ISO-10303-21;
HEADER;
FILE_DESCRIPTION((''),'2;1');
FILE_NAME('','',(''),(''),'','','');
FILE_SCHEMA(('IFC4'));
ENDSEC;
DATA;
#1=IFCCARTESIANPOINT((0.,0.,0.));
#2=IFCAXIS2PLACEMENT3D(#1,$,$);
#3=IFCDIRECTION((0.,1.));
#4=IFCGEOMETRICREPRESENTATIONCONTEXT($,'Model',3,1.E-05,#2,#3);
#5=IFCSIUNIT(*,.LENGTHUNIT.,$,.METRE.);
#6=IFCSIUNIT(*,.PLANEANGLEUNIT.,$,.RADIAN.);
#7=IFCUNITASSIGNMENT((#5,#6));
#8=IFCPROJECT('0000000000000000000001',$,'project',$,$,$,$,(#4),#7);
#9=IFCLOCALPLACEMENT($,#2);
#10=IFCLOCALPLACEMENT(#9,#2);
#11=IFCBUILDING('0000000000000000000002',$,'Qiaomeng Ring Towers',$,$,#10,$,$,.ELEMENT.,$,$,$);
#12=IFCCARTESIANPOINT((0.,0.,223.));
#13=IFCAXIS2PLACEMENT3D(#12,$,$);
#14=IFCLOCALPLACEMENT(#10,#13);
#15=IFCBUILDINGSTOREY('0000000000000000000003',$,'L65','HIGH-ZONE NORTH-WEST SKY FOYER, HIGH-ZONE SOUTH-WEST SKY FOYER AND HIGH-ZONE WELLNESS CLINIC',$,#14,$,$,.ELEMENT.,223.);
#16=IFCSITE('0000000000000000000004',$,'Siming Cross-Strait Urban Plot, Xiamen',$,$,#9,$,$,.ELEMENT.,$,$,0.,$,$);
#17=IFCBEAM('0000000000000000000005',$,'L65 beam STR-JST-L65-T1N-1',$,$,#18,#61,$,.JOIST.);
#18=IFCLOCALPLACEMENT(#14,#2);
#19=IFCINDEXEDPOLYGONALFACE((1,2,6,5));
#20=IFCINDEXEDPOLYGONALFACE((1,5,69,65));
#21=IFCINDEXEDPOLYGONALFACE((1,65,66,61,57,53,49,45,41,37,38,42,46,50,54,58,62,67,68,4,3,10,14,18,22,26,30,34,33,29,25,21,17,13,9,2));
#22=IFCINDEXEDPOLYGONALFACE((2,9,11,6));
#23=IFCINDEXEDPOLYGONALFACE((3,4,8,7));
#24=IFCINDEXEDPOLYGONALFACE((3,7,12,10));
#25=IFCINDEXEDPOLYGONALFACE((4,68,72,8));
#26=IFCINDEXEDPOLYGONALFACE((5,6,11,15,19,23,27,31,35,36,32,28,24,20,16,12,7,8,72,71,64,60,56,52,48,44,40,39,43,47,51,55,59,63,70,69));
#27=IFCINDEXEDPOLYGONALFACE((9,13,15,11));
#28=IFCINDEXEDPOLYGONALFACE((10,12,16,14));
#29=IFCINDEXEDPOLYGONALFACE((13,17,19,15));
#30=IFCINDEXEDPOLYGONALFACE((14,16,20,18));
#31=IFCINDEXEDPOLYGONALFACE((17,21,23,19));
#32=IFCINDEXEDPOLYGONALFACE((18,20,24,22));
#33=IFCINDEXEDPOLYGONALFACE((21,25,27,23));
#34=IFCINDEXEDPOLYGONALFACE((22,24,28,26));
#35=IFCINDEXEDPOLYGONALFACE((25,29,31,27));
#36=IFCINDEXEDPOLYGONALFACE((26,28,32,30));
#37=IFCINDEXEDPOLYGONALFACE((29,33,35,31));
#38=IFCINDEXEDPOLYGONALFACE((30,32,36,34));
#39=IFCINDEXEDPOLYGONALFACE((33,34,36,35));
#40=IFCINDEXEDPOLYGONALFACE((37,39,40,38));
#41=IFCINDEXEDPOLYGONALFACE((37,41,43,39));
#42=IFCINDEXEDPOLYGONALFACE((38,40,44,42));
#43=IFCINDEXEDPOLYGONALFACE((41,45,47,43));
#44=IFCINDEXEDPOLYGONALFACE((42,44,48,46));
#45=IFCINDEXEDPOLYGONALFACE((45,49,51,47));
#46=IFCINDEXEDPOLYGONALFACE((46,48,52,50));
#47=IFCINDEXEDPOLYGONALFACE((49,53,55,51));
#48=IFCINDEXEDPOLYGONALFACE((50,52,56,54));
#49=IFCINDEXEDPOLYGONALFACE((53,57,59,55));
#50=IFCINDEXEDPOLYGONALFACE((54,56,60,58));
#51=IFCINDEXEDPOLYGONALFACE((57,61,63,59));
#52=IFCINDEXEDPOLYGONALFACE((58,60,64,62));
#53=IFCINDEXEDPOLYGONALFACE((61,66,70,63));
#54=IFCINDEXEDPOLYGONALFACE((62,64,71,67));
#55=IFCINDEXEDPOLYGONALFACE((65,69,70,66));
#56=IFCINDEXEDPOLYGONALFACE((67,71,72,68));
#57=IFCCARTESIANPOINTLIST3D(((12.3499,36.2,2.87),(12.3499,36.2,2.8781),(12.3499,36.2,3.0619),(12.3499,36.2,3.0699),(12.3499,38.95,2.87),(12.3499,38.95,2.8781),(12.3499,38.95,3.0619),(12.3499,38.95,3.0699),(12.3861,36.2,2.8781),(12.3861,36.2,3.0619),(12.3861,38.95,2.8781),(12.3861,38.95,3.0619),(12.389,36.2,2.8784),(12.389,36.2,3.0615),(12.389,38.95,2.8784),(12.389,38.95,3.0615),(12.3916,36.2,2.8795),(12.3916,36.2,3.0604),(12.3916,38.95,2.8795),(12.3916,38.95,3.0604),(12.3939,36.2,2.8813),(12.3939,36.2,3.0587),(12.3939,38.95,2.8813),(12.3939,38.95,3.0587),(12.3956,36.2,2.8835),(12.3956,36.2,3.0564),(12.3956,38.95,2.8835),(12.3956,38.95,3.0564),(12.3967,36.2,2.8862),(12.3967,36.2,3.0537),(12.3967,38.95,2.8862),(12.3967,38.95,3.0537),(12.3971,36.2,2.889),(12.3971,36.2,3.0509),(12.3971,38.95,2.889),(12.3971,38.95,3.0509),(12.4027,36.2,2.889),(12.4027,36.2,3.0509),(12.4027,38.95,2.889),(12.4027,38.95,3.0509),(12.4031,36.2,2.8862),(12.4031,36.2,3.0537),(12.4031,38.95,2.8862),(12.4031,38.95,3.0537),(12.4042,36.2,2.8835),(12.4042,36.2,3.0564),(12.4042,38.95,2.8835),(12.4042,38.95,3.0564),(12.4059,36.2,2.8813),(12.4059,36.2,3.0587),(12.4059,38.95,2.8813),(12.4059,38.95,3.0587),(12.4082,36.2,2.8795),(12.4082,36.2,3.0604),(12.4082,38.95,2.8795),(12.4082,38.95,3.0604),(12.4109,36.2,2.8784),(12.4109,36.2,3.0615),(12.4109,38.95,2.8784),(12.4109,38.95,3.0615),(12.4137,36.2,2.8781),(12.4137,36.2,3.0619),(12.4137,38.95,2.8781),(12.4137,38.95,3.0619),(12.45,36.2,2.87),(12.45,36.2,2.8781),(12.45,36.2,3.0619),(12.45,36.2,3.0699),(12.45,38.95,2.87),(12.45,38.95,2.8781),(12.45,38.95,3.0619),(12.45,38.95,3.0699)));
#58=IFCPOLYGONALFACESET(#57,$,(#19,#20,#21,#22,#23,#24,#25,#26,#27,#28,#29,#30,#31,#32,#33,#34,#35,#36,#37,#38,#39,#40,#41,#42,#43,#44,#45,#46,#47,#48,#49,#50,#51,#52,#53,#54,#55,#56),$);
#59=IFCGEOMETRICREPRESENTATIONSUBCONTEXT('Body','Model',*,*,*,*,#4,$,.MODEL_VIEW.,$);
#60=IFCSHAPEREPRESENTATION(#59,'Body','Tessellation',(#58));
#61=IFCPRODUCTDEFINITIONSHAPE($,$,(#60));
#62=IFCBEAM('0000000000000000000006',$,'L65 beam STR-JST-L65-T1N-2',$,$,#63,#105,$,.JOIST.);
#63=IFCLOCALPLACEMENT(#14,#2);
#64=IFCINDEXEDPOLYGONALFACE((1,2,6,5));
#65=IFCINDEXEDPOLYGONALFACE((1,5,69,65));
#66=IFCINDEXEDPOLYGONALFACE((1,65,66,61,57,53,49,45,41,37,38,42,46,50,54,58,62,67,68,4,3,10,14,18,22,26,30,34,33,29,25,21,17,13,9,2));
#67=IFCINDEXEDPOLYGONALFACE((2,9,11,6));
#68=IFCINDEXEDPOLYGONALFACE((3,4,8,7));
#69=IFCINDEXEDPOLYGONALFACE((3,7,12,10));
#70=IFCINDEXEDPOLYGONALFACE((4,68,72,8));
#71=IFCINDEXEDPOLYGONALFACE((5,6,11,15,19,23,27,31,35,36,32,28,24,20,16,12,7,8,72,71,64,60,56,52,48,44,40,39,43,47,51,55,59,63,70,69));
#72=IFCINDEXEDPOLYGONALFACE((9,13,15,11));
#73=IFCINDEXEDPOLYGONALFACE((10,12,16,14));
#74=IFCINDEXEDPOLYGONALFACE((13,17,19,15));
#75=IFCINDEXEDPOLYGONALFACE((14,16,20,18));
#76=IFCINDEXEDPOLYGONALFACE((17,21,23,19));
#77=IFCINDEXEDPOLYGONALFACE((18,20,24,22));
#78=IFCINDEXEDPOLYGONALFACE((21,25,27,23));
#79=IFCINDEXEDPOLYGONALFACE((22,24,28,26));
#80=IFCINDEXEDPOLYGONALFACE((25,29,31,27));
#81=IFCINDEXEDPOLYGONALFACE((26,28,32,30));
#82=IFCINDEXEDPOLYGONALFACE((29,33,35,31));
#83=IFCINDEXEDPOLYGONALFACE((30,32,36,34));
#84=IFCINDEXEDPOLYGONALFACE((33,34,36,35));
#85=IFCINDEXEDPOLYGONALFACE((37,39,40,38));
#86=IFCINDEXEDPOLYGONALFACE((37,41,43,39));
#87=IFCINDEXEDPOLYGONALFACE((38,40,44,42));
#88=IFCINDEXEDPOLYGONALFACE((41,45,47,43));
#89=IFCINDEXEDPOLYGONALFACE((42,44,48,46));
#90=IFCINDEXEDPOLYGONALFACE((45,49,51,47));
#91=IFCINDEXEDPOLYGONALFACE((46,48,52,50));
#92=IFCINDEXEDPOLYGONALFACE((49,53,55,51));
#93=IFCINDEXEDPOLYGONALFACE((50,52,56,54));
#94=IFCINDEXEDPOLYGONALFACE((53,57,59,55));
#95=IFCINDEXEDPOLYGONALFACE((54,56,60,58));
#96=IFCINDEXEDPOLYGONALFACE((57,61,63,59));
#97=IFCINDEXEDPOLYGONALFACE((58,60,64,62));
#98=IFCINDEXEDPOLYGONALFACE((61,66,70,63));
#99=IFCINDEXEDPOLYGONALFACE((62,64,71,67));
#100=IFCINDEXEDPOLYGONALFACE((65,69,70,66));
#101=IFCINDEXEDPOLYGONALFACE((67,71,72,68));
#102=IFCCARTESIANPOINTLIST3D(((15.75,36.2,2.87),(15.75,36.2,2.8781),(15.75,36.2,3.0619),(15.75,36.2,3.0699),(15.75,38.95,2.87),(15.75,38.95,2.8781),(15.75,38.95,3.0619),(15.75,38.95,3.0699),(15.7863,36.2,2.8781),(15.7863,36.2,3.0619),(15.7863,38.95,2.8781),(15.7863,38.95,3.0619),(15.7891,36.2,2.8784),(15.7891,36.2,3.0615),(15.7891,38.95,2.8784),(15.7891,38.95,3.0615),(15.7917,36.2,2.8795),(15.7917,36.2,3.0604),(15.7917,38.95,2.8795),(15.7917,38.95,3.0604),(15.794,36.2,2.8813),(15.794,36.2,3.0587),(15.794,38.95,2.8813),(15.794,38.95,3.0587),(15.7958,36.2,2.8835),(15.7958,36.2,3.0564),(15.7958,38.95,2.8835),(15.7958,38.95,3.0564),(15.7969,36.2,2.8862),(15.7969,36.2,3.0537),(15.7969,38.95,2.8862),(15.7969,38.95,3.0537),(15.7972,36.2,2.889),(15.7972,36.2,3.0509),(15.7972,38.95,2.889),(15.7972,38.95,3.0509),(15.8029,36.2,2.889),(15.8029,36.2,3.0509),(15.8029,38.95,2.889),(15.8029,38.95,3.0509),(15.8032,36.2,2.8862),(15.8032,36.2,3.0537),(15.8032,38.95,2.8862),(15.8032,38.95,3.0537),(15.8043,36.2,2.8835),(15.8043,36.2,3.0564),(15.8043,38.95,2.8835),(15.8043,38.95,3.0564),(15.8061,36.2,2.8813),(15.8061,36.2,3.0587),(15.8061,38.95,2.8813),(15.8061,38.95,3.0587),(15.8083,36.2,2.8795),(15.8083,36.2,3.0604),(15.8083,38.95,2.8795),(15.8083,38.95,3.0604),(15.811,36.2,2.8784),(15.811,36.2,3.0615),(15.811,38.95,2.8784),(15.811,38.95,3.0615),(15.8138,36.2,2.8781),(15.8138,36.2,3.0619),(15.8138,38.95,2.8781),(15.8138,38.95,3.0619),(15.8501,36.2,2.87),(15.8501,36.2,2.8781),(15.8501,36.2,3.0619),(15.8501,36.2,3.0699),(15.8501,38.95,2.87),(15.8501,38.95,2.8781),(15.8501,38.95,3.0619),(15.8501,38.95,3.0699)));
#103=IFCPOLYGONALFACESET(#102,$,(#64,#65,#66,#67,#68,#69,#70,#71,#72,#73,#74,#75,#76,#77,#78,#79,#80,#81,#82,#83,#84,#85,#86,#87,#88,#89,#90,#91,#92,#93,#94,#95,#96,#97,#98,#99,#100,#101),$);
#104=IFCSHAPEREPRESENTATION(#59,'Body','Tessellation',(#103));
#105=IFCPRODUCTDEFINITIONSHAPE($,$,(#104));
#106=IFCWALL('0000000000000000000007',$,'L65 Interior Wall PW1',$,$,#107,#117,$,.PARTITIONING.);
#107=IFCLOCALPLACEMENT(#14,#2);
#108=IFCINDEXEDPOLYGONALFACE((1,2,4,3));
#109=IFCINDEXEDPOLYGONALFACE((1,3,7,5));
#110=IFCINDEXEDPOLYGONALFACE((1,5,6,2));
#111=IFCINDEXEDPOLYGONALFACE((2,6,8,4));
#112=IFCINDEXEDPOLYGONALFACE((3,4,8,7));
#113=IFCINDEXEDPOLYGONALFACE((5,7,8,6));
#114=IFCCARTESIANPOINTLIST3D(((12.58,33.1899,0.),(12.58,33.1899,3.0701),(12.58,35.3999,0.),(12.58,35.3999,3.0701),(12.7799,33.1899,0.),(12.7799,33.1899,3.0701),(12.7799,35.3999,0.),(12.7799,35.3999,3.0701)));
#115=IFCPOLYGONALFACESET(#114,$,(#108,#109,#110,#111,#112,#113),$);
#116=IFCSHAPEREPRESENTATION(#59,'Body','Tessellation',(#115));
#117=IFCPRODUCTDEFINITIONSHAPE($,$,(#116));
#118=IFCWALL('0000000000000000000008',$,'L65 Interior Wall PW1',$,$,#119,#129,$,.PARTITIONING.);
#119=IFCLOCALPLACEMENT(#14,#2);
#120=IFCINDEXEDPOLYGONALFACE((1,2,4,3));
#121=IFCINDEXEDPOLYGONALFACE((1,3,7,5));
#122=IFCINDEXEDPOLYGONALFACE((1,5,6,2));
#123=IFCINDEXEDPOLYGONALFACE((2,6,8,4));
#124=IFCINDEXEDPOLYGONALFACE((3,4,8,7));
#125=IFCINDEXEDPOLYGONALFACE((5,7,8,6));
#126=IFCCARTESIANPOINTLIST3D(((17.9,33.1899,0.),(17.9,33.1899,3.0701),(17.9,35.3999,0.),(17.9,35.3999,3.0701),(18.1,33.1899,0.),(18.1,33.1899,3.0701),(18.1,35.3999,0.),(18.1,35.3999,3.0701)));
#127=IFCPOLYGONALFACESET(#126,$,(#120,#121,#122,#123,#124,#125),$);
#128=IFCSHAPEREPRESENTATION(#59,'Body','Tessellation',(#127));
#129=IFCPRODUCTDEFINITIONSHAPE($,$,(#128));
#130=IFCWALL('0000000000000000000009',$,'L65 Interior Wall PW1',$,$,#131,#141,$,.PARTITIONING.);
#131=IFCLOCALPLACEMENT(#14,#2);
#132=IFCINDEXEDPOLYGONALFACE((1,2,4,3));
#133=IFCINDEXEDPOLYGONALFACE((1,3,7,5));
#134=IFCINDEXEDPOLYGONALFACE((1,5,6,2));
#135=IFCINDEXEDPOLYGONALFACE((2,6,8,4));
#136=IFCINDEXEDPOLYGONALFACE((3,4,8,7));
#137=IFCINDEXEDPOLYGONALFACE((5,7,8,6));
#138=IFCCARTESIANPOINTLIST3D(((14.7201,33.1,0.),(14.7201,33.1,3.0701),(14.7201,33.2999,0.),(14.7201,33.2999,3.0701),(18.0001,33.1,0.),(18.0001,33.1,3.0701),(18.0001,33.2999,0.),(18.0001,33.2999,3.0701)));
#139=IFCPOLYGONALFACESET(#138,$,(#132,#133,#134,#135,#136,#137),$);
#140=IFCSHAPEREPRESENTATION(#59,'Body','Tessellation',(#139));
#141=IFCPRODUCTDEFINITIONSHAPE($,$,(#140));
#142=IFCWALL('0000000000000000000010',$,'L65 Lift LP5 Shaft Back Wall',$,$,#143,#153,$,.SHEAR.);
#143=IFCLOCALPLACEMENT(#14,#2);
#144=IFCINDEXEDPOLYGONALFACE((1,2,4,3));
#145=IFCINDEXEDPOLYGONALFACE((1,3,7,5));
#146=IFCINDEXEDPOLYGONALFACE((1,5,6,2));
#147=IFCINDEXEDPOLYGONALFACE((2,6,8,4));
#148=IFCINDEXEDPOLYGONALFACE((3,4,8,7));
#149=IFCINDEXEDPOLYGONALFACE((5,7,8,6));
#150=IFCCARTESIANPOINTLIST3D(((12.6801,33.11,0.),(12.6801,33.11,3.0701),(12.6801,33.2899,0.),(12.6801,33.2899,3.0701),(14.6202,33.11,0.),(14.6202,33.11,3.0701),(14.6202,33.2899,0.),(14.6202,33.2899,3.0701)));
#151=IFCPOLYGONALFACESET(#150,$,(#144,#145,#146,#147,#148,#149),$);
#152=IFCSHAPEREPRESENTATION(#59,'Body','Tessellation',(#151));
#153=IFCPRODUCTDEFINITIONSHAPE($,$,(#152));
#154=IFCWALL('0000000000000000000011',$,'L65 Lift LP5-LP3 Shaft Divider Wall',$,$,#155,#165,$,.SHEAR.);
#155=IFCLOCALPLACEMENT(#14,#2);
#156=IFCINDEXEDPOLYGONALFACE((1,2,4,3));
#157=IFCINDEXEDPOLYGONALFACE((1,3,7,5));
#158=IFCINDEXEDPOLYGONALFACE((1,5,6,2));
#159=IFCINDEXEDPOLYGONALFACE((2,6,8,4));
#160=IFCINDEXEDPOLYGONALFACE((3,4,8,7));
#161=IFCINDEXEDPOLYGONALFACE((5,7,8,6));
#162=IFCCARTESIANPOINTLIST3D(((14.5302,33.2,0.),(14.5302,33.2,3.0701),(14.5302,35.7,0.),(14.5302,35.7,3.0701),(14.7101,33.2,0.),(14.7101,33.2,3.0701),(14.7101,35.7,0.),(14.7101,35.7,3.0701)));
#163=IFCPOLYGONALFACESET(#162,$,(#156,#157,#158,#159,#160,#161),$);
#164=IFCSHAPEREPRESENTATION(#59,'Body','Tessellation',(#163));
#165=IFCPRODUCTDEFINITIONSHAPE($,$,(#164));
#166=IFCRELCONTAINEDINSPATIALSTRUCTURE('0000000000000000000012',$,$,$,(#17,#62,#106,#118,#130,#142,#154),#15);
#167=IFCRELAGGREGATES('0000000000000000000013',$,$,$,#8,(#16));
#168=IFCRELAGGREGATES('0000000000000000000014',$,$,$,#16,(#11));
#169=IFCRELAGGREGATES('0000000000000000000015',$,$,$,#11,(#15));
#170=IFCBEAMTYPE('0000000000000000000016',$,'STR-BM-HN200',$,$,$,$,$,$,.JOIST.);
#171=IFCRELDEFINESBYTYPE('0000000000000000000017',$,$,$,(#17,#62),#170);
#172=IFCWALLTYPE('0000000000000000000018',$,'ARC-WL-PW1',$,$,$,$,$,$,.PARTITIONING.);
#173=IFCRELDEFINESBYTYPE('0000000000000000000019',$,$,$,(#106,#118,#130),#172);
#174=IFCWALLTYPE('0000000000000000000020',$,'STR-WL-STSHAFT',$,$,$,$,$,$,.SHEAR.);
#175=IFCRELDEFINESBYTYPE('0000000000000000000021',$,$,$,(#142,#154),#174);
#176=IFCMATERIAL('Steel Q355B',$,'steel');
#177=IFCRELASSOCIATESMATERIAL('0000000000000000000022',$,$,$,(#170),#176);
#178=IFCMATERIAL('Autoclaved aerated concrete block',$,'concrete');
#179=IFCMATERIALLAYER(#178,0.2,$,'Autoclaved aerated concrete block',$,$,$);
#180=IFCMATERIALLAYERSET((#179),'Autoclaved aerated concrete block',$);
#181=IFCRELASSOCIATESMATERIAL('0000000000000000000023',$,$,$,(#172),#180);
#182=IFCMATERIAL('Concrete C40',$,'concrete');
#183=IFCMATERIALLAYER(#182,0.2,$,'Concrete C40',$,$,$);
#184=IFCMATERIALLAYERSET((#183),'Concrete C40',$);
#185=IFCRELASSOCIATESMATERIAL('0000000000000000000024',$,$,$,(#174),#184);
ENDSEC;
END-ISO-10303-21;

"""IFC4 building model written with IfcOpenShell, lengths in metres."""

from ifc_helpers import new_model, si_unit, direction, frame, frame_2d, origin, origin_2d, place, context, subcontext, project, spatial, rectangle, i_section, extrude, source, transform, mapped, material, layer, layer_set, material_profile, profile_set, type_object, element, save


model = new_model("IFC4")

# Units and contexts
model_context = context("Model", 3, precision=1e-05, world=origin(), true_north=direction((0.0, 1.0)))
body_context = subcontext(model_context, "Body", "Model", "MODEL_VIEW")
ifc_project = project(units=[si_unit("LENGTHUNIT", "METRE"), si_unit("PLANEANGLEUNIT", "RADIAN")], contexts=[model_context])

# Site, building, storey
site_placement = place(None, origin())
site = spatial("IfcSite", under=ifc_project, at=site_placement, Name="Siming Cross-Strait Urban Plot, Xiamen", CompositionType="ELEMENT", RefElevation=0.0)
building_placement = place(site_placement, origin())
building = spatial("IfcBuilding", under=site, at=building_placement, Name="Qiaomeng Ring Towers", CompositionType="ELEMENT")
storey_placement = place(building_placement, frame((0.0, 0.0, 223.0)))
storey = spatial("IfcBuildingStorey", under=building, at=storey_placement, Name="L65", Description="HIGH-ZONE NORTH-WEST SKY FOYER, HIGH-ZONE SOUTH-WEST SKY FOYER AND HIGH-ZONE WELLNESS CLINIC", CompositionType="ELEMENT", Elevation=223.0)

# Beams
ifc_material_1 = material(Name="Steel Q355B", Category="steel")
ifc_material_profile_1 = material_profile(ifc_material_1, i_section(OverallWidth=0.1001, OverallDepth=0.2, WebThickness=0.0056, FlangeThickness=0.0081, FilletRadius=0.011, at=origin_2d()), Name="HN 200x100x5.5x8")
ifc_profile_set_1 = profile_set([ifc_material_profile_1], Name="Steel Q355B")
beam_type = type_object("IfcBeamType", Name="STR-BM-HN200", PredefinedType="JOIST", material=ifc_profile_set_1)
shared_shape_1 = source(origin(), body_context, "Body", "SweptSolid", [
    extrude(i_section(OverallWidth=0.1001, OverallDepth=0.2, WebThickness=0.0056, FlangeThickness=0.0081, FilletRadius=0.011, at=origin_2d()), origin(), (0.0, 0.0, 1.0), 2.75),
])
for number, where, z_axis, x_axis, name in (
    (1, (12.3999, 36.2, 2.97), (0.0, 1.0, 0.0), (-1.0, 0.0, 0.0), "L65 beam STR-JST-L65-T1N-1"),
    (2, (15.8, 36.2, 2.97), (0.0, 1.0, 0.0), (-1.0, 0.0, 0.0), "L65 beam STR-JST-L65-T1N-2"),
):
    element("IfcBeam", number, at=place(storey_placement, frame(where, z_axis=z_axis, x_axis=x_axis)), inside=storey, type_object=beam_type, Name=name, PredefinedType="JOIST", context=body_context, shape_type="MappedRepresentation", body=[
        mapped(shared_shape_1, transform((0.0, 0.0, 0.0), x_axis=(1.0, 0.0, 0.0), y_axis=(0.0, 1.0, 0.0), z_axis=(0.0, 0.0, 1.0), scale=1.0)),
    ])

# Walls
ifc_material_2 = material(Name="Autoclaved aerated concrete block", Category="concrete")
ifc_layer_1 = layer(ifc_material_2, 0.2, Name="Autoclaved aerated concrete block")
ifc_layer_set_1 = layer_set([ifc_layer_1], Name="Autoclaved aerated concrete block")
wall_type_1 = type_object("IfcWallType", Name="ARC-WL-PW1", PredefinedType="PARTITIONING", material=ifc_layer_set_1)
for number, where, z_axis, x_axis, name in (
    (3, (12.6799, 33.1899, 0.0), (0.0, 0.0, 1.0), (0.0, 1.0, 0.0), "L65 Interior Wall PW1"),
    (4, (18.0, 33.1899, 0.0), (0.0, 0.0, 1.0), (0.0, 1.0, 0.0), "L65 Interior Wall PW1"),
):
    element("IfcWall", number, at=place(storey_placement, frame(where, z_axis=z_axis, x_axis=x_axis)), inside=storey, type_object=wall_type_1, Name=name, PredefinedType="PARTITIONING", context=body_context, shape_type="SweptSolid", body=[
        extrude(rectangle(XDim=2.21, YDim=0.2, at=frame_2d((1.105, 0.0))), origin(), (0.0, 0.0, 1.0), 3.0701),
    ])
wall_1_placement = place(storey_placement, frame((14.72, 33.2, 0.0), z_axis=(0.0, 0.0, 1.0), x_axis=(1.0, 0.0, 0.0)))
element("IfcWall", 5, at=wall_1_placement, inside=storey, type_object=wall_type_1, Name="L65 Interior Wall PW1", PredefinedType="PARTITIONING", context=body_context, shape_type="SweptSolid", body=[
    extrude(rectangle(XDim=3.28, YDim=0.2, at=frame_2d((1.6401, 0.0))), origin(), (0.0, 0.0, 1.0), 3.0701),
])
ifc_material_3 = material(Name="Concrete C40", Category="concrete")
ifc_layer_2 = layer(ifc_material_3, 0.2, Name="Concrete C40")
ifc_layer_set_2 = layer_set([ifc_layer_2], Name="Concrete C40")
wall_type_2 = type_object("IfcWallType", Name="STR-WL-STSHAFT", PredefinedType="SHEAR", material=ifc_layer_set_2)
wall_2_placement = place(storey_placement, frame((12.6799, 33.2, 0.0), z_axis=(0.0, 0.0, 1.0), x_axis=(1.0, 0.0, 0.0)))
element("IfcWall", 6, at=wall_2_placement, inside=storey, type_object=wall_type_2, Name="L65 Lift LP5 Shaft Back Wall", PredefinedType="SHEAR", context=body_context, shape_type="SweptSolid", body=[
    extrude(rectangle(XDim=1.9402, YDim=0.1799, at=frame_2d((0.9702, 0.0))), origin(), (0.0, 0.0, 1.0), 3.0701),
])
wall_3_placement = place(storey_placement, frame((14.6201, 33.2, 0.0), z_axis=(0.0, 0.0, 1.0), x_axis=(0.0, 1.0, 0.0)))
element("IfcWall", 7, at=wall_3_placement, inside=storey, type_object=wall_type_2, Name="L65 Lift LP5-LP3 Shaft Divider Wall", PredefinedType="SHEAR", context=body_context, shape_type="SweptSolid", body=[
    extrude(rectangle(XDim=2.5, YDim=0.1799, at=frame_2d((1.25, 0.0))), origin(), (0.0, 0.0, 1.0), 3.0701),
])

save(model, "model.ifc")
